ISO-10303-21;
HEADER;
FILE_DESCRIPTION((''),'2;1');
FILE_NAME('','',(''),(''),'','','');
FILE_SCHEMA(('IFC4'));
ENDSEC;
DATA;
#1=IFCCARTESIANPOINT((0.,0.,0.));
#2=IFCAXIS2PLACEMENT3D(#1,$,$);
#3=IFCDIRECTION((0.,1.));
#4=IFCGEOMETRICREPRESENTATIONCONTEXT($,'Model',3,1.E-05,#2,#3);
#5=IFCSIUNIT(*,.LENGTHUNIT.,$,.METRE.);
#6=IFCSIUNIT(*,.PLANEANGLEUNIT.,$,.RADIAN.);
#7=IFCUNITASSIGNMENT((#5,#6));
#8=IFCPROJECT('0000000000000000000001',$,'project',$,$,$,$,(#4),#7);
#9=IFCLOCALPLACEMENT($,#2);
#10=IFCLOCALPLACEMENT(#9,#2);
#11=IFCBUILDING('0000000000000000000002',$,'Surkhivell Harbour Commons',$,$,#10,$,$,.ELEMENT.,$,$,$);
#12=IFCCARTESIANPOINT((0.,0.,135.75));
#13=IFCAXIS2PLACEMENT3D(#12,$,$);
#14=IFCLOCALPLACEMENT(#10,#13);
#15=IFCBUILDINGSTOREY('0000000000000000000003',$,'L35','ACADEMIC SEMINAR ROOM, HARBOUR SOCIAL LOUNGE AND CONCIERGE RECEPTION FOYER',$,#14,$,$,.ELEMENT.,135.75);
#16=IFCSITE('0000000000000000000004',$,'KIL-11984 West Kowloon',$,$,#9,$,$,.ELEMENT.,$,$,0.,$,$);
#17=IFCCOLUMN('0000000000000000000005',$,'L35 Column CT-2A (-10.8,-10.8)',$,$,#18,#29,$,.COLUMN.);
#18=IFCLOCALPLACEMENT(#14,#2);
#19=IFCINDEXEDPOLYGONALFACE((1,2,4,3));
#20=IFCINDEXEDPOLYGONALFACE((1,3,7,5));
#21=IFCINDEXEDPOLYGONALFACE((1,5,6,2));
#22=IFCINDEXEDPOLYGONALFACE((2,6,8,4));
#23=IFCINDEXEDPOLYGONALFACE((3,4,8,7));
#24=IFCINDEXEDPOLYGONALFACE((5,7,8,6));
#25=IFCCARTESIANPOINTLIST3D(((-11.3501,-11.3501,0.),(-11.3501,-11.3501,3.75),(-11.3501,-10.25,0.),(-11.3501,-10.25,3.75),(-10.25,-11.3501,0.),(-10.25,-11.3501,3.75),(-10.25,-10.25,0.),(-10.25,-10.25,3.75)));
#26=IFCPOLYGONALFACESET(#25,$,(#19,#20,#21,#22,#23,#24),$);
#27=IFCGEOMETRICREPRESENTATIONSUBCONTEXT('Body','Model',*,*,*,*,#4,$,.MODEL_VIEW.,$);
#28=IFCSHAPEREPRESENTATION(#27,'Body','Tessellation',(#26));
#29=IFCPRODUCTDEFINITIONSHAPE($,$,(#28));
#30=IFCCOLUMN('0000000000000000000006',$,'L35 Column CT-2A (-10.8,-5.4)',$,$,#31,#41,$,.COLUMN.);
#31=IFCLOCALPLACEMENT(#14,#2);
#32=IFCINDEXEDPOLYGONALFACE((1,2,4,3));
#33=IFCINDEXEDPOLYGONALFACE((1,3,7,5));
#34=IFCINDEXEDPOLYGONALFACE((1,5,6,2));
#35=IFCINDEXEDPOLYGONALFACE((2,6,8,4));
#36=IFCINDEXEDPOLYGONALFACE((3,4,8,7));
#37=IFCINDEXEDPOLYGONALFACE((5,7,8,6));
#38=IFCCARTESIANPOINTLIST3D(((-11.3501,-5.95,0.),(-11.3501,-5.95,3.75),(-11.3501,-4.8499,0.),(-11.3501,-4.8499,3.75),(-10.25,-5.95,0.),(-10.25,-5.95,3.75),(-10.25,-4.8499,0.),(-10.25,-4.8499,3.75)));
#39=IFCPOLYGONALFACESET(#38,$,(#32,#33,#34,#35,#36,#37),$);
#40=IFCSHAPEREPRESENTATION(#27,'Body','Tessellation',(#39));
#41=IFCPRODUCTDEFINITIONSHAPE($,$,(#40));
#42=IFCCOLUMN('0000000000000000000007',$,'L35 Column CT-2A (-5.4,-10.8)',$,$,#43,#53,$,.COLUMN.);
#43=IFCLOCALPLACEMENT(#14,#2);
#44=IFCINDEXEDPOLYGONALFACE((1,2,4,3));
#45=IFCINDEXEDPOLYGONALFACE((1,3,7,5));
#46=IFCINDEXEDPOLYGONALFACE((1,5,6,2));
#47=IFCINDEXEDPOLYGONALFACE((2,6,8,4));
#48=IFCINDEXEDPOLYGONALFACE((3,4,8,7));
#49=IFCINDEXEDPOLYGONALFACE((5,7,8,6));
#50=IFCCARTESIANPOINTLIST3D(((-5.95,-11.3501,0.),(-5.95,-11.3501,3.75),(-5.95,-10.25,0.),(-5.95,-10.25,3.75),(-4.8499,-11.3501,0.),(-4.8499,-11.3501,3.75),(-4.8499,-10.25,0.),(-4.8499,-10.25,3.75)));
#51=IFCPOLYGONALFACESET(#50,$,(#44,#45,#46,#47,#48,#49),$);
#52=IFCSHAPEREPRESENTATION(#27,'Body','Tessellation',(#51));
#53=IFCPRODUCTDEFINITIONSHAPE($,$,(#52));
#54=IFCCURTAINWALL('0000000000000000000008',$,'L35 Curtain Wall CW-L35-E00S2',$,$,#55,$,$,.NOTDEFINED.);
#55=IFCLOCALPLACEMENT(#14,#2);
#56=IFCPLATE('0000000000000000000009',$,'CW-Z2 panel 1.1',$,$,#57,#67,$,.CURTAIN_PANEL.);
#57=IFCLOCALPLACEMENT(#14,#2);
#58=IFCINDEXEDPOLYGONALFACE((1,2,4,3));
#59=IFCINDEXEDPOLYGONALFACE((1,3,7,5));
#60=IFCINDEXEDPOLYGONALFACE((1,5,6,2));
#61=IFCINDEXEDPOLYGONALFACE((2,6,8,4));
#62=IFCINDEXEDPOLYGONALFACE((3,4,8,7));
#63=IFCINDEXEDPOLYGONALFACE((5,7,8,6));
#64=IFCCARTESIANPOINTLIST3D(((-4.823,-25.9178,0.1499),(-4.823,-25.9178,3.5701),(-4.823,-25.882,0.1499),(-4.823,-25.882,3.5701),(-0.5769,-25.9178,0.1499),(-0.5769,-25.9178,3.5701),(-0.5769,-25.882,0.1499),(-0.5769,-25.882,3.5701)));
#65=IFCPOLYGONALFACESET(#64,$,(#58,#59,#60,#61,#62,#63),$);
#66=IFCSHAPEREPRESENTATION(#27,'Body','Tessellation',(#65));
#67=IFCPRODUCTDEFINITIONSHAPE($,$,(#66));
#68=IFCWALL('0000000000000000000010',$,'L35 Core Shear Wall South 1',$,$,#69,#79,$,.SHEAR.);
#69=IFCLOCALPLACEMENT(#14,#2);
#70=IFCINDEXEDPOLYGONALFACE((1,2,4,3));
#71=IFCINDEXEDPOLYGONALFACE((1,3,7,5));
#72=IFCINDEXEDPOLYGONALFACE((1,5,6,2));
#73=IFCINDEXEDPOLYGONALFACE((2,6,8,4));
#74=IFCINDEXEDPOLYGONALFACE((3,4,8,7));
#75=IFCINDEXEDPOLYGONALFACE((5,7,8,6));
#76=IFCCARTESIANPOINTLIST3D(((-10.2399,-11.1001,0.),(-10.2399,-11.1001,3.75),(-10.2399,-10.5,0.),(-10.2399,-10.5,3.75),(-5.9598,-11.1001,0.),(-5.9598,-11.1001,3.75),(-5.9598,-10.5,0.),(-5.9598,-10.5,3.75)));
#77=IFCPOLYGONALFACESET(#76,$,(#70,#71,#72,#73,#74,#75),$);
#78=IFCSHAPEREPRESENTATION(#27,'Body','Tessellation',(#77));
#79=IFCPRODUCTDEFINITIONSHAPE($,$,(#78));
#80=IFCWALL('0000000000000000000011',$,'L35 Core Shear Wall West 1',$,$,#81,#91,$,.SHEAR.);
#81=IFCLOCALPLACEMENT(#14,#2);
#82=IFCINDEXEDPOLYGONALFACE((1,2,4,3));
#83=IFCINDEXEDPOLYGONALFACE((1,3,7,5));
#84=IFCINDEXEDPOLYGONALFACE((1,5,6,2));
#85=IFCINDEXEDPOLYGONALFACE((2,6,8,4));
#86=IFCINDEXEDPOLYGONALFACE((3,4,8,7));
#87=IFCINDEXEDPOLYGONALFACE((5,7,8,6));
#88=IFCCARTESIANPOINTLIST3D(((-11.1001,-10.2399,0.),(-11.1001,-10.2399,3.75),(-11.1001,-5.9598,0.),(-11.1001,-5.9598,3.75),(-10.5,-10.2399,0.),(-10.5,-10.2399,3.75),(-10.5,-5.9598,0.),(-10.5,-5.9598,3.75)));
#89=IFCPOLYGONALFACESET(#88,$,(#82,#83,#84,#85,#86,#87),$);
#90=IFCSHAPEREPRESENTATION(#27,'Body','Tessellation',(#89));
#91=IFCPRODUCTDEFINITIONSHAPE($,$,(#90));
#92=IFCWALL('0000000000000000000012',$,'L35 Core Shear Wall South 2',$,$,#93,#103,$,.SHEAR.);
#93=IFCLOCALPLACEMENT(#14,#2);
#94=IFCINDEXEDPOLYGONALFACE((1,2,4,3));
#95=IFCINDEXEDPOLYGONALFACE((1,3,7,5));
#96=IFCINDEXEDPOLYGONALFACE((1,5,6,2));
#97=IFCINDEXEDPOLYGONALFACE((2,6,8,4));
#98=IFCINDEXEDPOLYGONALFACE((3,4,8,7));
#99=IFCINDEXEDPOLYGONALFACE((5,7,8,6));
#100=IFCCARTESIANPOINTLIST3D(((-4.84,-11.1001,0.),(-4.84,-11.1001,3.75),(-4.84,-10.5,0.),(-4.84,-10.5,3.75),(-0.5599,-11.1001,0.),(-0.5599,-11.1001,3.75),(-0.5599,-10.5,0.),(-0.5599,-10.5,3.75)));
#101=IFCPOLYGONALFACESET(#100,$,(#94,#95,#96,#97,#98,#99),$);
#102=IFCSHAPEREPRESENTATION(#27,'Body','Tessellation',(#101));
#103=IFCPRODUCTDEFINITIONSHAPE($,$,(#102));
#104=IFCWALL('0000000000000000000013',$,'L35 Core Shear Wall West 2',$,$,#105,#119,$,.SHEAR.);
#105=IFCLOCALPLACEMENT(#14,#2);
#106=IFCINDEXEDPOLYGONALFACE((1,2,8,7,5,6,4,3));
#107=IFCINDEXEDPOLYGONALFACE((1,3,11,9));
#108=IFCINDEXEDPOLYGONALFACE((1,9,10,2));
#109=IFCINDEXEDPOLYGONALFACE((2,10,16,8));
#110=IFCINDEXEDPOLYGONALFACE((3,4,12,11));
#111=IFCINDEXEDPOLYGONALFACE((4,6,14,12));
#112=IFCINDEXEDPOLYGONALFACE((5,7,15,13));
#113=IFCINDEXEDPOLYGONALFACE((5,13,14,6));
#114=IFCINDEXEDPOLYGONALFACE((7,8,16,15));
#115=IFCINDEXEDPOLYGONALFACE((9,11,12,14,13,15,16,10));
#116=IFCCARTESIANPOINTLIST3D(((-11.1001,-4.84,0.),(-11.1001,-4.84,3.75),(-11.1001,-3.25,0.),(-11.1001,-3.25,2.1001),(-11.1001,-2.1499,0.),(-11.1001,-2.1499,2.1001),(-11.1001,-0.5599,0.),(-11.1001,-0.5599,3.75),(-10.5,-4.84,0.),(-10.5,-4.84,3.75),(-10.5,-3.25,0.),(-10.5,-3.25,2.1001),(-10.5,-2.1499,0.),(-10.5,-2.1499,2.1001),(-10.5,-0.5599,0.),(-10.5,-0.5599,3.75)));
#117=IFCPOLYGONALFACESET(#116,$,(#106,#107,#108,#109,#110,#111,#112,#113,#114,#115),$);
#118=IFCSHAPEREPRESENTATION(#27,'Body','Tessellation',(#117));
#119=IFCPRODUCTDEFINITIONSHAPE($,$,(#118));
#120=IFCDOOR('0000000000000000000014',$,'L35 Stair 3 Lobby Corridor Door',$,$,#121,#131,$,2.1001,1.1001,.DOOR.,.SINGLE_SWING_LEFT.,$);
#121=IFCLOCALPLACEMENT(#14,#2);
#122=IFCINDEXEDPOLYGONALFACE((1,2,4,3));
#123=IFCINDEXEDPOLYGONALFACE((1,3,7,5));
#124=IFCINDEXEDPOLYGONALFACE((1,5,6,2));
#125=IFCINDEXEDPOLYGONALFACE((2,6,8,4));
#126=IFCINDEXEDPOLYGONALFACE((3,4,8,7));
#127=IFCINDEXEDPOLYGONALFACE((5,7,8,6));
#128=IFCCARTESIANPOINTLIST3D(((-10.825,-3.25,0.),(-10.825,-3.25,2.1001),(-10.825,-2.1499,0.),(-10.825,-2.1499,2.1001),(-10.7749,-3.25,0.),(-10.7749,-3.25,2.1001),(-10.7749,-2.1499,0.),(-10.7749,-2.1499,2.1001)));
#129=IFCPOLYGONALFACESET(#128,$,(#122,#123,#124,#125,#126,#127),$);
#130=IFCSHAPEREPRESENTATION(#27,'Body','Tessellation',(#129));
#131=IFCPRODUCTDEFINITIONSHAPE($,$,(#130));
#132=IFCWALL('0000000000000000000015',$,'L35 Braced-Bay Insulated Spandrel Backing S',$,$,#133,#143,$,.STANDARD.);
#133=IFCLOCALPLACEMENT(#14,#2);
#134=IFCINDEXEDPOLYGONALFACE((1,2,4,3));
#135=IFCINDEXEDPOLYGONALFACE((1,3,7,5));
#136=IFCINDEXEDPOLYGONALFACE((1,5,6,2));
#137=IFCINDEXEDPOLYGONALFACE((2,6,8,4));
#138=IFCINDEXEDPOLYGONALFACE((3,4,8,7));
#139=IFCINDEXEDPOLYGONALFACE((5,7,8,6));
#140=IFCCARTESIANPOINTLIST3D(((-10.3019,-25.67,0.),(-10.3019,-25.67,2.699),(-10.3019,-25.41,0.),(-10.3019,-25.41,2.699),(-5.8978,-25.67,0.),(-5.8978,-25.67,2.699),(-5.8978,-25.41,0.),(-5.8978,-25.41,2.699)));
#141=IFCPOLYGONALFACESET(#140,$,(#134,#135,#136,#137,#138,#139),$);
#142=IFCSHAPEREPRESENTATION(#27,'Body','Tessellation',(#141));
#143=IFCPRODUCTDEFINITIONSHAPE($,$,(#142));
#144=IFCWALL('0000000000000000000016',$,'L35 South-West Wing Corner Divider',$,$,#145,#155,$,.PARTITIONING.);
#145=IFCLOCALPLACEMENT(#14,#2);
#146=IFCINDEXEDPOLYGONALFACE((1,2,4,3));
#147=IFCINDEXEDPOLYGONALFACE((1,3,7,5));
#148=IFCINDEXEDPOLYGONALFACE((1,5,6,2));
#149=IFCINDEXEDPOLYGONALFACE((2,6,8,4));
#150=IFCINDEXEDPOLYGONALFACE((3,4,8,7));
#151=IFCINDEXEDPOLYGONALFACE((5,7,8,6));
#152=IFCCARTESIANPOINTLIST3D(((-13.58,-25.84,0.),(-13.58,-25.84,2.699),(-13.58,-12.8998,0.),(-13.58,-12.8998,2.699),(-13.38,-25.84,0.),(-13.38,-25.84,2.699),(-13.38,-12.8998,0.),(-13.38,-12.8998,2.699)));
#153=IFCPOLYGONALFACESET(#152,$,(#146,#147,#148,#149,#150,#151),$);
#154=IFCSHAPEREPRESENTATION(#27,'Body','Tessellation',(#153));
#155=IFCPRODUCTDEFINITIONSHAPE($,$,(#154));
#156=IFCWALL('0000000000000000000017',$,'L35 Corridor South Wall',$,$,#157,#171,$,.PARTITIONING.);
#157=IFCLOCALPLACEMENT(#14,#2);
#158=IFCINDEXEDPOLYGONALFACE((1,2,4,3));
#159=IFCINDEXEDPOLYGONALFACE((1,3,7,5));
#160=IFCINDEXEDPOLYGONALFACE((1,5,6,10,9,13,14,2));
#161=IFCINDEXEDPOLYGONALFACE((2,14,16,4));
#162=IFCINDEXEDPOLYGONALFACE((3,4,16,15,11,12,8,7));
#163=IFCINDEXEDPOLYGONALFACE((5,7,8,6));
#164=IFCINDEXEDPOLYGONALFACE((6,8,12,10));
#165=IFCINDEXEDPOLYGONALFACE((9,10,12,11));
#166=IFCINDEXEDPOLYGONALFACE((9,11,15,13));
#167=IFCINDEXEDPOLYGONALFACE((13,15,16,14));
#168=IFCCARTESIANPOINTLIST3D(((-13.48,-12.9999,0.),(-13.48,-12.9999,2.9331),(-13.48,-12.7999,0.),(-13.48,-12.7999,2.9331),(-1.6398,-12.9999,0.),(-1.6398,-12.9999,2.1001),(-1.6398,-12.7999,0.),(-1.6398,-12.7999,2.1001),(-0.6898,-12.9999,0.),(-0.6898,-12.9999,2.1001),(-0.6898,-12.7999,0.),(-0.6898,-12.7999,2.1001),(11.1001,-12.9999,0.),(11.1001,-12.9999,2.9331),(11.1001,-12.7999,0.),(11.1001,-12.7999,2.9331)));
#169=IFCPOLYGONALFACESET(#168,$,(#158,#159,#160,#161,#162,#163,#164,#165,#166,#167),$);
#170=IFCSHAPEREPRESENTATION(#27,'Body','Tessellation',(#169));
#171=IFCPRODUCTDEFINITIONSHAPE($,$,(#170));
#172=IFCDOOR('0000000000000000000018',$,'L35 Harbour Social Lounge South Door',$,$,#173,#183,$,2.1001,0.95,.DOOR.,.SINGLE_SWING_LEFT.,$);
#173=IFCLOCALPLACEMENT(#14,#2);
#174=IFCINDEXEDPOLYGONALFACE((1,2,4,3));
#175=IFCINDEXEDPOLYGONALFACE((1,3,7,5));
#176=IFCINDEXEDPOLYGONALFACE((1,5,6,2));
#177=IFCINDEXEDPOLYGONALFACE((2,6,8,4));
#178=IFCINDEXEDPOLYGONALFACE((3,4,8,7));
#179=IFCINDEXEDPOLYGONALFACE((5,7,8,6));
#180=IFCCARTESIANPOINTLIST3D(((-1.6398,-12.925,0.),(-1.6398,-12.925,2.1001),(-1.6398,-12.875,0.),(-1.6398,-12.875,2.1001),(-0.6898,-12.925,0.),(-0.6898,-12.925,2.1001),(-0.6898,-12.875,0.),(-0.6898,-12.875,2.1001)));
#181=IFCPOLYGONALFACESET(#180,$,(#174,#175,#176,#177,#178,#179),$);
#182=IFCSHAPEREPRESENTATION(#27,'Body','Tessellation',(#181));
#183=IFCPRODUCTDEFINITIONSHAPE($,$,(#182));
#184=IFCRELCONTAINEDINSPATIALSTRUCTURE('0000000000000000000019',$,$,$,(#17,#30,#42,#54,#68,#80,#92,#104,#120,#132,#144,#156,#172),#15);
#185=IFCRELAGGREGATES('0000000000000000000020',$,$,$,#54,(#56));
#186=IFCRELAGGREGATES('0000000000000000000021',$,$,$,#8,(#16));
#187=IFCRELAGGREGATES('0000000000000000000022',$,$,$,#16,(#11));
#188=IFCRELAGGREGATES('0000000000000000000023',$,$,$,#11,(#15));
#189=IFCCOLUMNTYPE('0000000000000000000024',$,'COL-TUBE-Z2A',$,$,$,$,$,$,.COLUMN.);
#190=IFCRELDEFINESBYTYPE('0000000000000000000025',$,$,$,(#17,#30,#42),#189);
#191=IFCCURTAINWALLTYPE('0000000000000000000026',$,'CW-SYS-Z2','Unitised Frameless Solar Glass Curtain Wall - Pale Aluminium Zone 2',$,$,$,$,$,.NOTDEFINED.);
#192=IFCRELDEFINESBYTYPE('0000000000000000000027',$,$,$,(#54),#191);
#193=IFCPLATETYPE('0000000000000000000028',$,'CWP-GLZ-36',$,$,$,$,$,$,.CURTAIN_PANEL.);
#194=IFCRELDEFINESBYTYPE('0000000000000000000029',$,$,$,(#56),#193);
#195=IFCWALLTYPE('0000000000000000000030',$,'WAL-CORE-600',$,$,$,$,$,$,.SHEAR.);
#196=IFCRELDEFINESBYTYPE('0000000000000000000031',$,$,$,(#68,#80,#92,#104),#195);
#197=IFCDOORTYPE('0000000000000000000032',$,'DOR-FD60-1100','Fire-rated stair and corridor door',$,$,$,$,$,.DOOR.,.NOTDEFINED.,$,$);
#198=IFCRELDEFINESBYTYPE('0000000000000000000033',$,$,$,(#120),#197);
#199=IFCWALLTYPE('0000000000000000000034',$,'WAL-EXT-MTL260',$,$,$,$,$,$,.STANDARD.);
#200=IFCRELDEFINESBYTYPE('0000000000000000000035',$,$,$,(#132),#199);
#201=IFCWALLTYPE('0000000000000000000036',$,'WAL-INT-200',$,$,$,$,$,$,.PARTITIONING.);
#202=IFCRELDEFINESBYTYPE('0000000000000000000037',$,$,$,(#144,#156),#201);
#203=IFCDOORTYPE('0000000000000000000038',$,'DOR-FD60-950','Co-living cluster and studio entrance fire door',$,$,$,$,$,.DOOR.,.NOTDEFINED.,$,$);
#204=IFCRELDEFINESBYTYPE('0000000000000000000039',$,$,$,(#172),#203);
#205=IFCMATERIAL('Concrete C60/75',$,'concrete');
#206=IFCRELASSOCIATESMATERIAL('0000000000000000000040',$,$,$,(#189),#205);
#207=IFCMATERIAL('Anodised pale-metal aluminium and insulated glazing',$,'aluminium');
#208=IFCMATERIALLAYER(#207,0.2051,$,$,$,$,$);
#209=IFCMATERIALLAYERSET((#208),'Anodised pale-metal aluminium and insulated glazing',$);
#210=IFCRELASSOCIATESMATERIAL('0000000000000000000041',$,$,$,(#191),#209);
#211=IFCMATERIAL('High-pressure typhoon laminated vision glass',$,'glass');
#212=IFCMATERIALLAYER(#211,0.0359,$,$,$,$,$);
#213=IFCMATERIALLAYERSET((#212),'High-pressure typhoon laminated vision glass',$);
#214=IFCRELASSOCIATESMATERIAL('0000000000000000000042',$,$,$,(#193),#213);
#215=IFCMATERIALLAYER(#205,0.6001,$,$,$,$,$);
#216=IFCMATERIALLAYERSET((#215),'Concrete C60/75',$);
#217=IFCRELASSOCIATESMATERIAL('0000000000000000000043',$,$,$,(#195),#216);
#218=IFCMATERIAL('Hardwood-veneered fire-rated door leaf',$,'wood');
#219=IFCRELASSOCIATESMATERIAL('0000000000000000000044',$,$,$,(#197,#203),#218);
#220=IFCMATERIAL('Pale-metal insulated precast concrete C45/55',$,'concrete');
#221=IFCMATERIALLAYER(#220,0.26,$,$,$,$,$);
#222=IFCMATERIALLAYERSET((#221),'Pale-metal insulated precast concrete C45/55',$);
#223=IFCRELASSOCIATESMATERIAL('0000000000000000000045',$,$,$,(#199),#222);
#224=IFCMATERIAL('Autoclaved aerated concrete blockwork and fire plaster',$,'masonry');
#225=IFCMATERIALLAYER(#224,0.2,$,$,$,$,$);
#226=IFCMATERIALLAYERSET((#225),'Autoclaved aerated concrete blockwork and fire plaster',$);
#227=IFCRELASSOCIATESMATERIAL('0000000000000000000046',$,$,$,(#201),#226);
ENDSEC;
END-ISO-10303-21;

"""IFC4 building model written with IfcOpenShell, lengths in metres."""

from ifc_helpers import new_model, si_unit, direction, frame, frame_2d, origin, origin_2d, place, context, subcontext, project, spatial, rectangle, extrude, material, layer, layer_set, material_profile, profile_set, type_object, element, fill, aggregate, save


model = new_model("IFC4")

# Units and contexts
model_context = context("Model", 3, precision=1e-05, world=origin(), true_north=direction((0.0, 1.0)))
body_context = subcontext(model_context, "Body", "Model", "MODEL_VIEW")
ifc_project = project(units=[si_unit("LENGTHUNIT", "METRE"), si_unit("PLANEANGLEUNIT", "RADIAN")], contexts=[model_context])

# Site, building, storey
site_placement = place(None, origin())
site = spatial("IfcSite", under=ifc_project, at=site_placement, Name="KIL-11984 West Kowloon", CompositionType="ELEMENT", RefElevation=0.0)
building_placement = place(site_placement, origin())
building = spatial("IfcBuilding", under=site, at=building_placement, Name="Surkhivell Harbour Commons", CompositionType="ELEMENT")
storey_placement = place(building_placement, frame((0.0, 0.0, 135.75)))
storey = spatial("IfcBuildingStorey", under=building, at=storey_placement, Name="L35", Description="ACADEMIC SEMINAR ROOM, HARBOUR SOCIAL LOUNGE AND CONCIERGE RECEPTION FOYER", CompositionType="ELEMENT", Elevation=135.75)

# Columns
ifc_material_1 = material(Name="Concrete C60/75", Category="concrete")
ifc_material_profile = material_profile(ifc_material_1, rectangle(XDim=1.1001, YDim=1.1001, at=origin_2d()), Name="RC-COL-1100x1100")
ifc_profile_set = profile_set([ifc_material_profile], Name="Concrete C60/75")
column_type = type_object("IfcColumnType", Name="COL-TUBE-Z2A", PredefinedType="COLUMN", material=ifc_profile_set)
for number, where, z_axis, x_axis, name in (
    (1, (-10.8, -10.8, 0.0), (0.0, 0.0, 1.0), (1.0, 0.0, 0.0), "L35 Column CT-2A (-10.8,-10.8)"),
    (2, (-10.8, -5.3999, 0.0), (0.0, 0.0, 1.0), (1.0, 0.0, 0.0), "L35 Column CT-2A (-10.8,-5.4)"),
    (3, (-5.3999, -10.8, 0.0), (0.0, 0.0, 1.0), (1.0, 0.0, 0.0), "L35 Column CT-2A (-5.4,-10.8)"),
):
    element("IfcColumn", number, at=place(storey_placement, frame(where, z_axis=z_axis, x_axis=x_axis)), inside=storey, type_object=column_type, Name=name, PredefinedType="COLUMN", context=body_context, shape_type="SweptSolid", body=[
        extrude(rectangle(XDim=1.1001, YDim=1.1001, at=origin_2d()), origin(), (0.0, 0.0, 1.0), 3.75),
    ])

# Curtain wall, plate
ifc_material_2 = material(Name="Anodised pale-metal aluminium and insulated glazing", Category="aluminium")
ifc_layer_1 = layer(ifc_material_2, 0.2051)
ifc_layer_set_1 = layer_set([ifc_layer_1], Name="Anodised pale-metal aluminium and insulated glazing")
curtain_wall_type = type_object("IfcCurtainWallType", Name="CW-SYS-Z2", Description="Unitised Frameless Solar Glass Curtain Wall - Pale Aluminium Zone 2", PredefinedType="NOTDEFINED", material=ifc_layer_set_1)
curtain_wall_placement = place(storey_placement, origin())
curtain_wall = element("IfcCurtainWall", 4, at=curtain_wall_placement, inside=storey, type_object=curtain_wall_type, Name="L35 Curtain Wall CW-L35-E00S2", PredefinedType="NOTDEFINED")
ifc_material_3 = material(Name="High-pressure typhoon laminated vision glass", Category="glass")
ifc_layer_2 = layer(ifc_material_3, 0.0359)
ifc_layer_set_2 = layer_set([ifc_layer_2], Name="High-pressure typhoon laminated vision glass")
plate_type = type_object("IfcPlateType", Name="CWP-GLZ-36", PredefinedType="CURTAIN_PANEL", material=ifc_layer_set_2)
plate_placement = place(storey_placement, frame((-4.823, -25.8999, 0.1499), z_axis=(0.0, 0.0, 1.0), x_axis=(1.0, 0.0, 0.0)))
plate = element("IfcPlate", 5, at=plate_placement, type_object=plate_type, Name="CW-Z2 panel 1.1", PredefinedType="CURTAIN_PANEL", context=body_context, shape_type="SweptSolid", body=[
    extrude(rectangle(XDim=4.2461, YDim=0.0359, at=frame_2d((2.123, 0.0))), origin(), (0.0, 0.0, 1.0), 3.4202),
])
aggregate(curtain_wall, [plate])

# Walls
ifc_layer_3 = layer(ifc_material_1, 0.6001)
ifc_layer_set_3 = layer_set([ifc_layer_3], Name="Concrete C60/75")
wall_type_1 = type_object("IfcWallType", Name="WAL-CORE-600", PredefinedType="SHEAR", material=ifc_layer_set_3)
for number, where, z_axis, x_axis, name in (
    (6, (-10.24, -10.8, 0.0), (0.0, 0.0, 1.0), (1.0, 0.0, 0.0), "L35 Core Shear Wall South 1"),
    (7, (-10.8, -10.24, 0.0), (0.0, 0.0, 1.0), (0.0, 1.0, 0.0), "L35 Core Shear Wall West 1"),
    (8, (-4.8401, -10.8, 0.0), (0.0, 0.0, 1.0), (1.0, 0.0, 0.0), "L35 Core Shear Wall South 2"),
):
    element("IfcWall", number, at=place(storey_placement, frame(where, z_axis=z_axis, x_axis=x_axis)), inside=storey, type_object=wall_type_1, Name=name, PredefinedType="SHEAR", context=body_context, shape_type="SweptSolid", body=[
        extrude(rectangle(XDim=4.28, YDim=0.6001, at=frame_2d((2.1401, 0.0))), origin(), (0.0, 0.0, 1.0), 3.75),
    ])

# Wall, opening, door
wall_1_placement = place(storey_placement, frame((-10.8, -4.8401, 0.0), z_axis=(0.0, 0.0, 1.0), x_axis=(0.0, 1.0, 0.0)))
wall_1 = element("IfcWall", 9, at=wall_1_placement, inside=storey, type_object=wall_type_1, Name="L35 Core Shear Wall West 2", PredefinedType="SHEAR", context=body_context, shape_type="SweptSolid", body=[
    extrude(rectangle(XDim=4.28, YDim=0.6001, at=frame_2d((2.1401, 0.0))), origin(), (0.0, 0.0, 1.0), 3.75),
])
opening_1_placement = place(wall_1_placement, frame((1.5901, 0.0, 0.0)))
opening_1 = element("IfcOpeningElement", 10, at=opening_1_placement, cuts=wall_1, PredefinedType="OPENING", context=body_context, shape_type="SweptSolid", body=[
    extrude(rectangle(XDim=1.1001, YDim=2.1001, at=frame_2d((0.55, 1.05))), frame((0.0, 0.3101, 0.0), z_axis=(0.0, -1.0, 0.0), x_axis=(1.0, 0.0, 0.0)), (0.0, 0.0, 1.0), 0.6201),
])
ifc_material_4 = material(Name="Hardwood-veneered fire-rated door leaf", Category="wood")
door_type_1 = type_object("IfcDoorType", Name="DOR-FD60-1100", Description="Fire-rated stair and corridor door", OperationType="NOTDEFINED", PredefinedType="DOOR", material=ifc_material_4)
door_1_placement = place(opening_1_placement, origin())
door_1 = element("IfcDoor", 11, at=door_1_placement, inside=storey, type_object=door_type_1, Name="L35 Stair 3 Lobby Corridor Door", OperationType="SINGLE_SWING_LEFT", OverallHeight=2.1001, OverallWidth=1.1001, PredefinedType="DOOR", context=body_context, shape_type="SweptSolid", body=[
    extrude(rectangle(XDim=1.1001, YDim=2.1001, at=frame_2d((0.55, 1.05))), frame((0.0, 0.0249, 0.0), z_axis=(0.0, -1.0, 0.0), x_axis=(1.0, 0.0, 0.0)), (0.0, 0.0, 1.0), 0.05),
])
fill(opening_1, door_1)

# Walls
ifc_material_5 = material(Name="Pale-metal insulated precast concrete C45/55", Category="concrete")
ifc_layer_4 = layer(ifc_material_5, 0.26)
ifc_layer_set_4 = layer_set([ifc_layer_4], Name="Pale-metal insulated precast concrete C45/55")
wall_type_2 = type_object("IfcWallType", Name="WAL-EXT-MTL260", PredefinedType="STANDARD", material=ifc_layer_set_4)
wall_2_placement = place(storey_placement, frame((-10.302, -25.54, 0.0), z_axis=(0.0, 0.0, 1.0), x_axis=(1.0, 0.0, 0.0)))
element("IfcWall", 12, at=wall_2_placement, inside=storey, type_object=wall_type_2, Name="L35 Braced-Bay Insulated Spandrel Backing S", PredefinedType="STANDARD", context=body_context, shape_type="SweptSolid", body=[
    extrude(rectangle(XDim=4.4041, YDim=0.26, at=frame_2d((2.2021, 0.0))), origin(), (0.0, 0.0, 1.0), 2.699),
])
ifc_material_6 = material(Name="Autoclaved aerated concrete blockwork and fire plaster", Category="masonry")
ifc_layer_5 = layer(ifc_material_6, 0.2)
ifc_layer_set_5 = layer_set([ifc_layer_5], Name="Autoclaved aerated concrete blockwork and fire plaster")
wall_type_3 = type_object("IfcWallType", Name="WAL-INT-200", PredefinedType="PARTITIONING", material=ifc_layer_set_5)
wall_3_placement = place(storey_placement, frame((-13.48, -25.8401, 0.0), z_axis=(0.0, 0.0, 1.0), x_axis=(0.0, 1.0, 0.0)))
element("IfcWall", 13, at=wall_3_placement, inside=storey, type_object=wall_type_3, Name="L35 South-West Wing Corner Divider", PredefinedType="PARTITIONING", context=body_context, shape_type="SweptSolid", body=[
    extrude(rectangle(XDim=12.9402, YDim=0.2, at=frame_2d((6.4702, 0.0))), origin(), (0.0, 0.0, 1.0), 2.699),
])

# Wall, opening, door
wall_4_placement = place(storey_placement, frame((-13.48, -12.8999, 0.0), z_axis=(0.0, 0.0, 1.0), x_axis=(1.0, 0.0, 0.0)))
wall_4 = element("IfcWall", 14, at=wall_4_placement, inside=storey, type_object=wall_type_3, Name="L35 Corridor South Wall", PredefinedType="PARTITIONING", context=body_context, shape_type="SweptSolid", body=[
    extrude(rectangle(XDim=24.5801, YDim=0.2, at=frame_2d((12.29, 0.0))), origin(), (0.0, 0.0, 1.0), 2.9331),
])
opening_2_placement = place(wall_4_placement, frame((11.8401, 0.0, 0.0)))
opening_2 = element("IfcOpeningElement", 15, at=opening_2_placement, cuts=wall_4, PredefinedType="OPENING", context=body_context, shape_type="SweptSolid", body=[
    extrude(rectangle(XDim=0.95, YDim=2.1001, at=frame_2d((0.4751, 1.05))), frame((0.0, 0.1099, 0.0), z_axis=(0.0, -1.0, 0.0), x_axis=(1.0, 0.0, 0.0)), (0.0, 0.0, 1.0), 0.22),
])
door_type_2 = type_object("IfcDoorType", Name="DOR-FD60-950", Description="Co-living cluster and studio entrance fire door", OperationType="NOTDEFINED", PredefinedType="DOOR", material=ifc_material_4)
door_2_placement = place(opening_2_placement, origin())
door_2 = element("IfcDoor", 16, at=door_2_placement, inside=storey, type_object=door_type_2, Name="L35 Harbour Social Lounge South Door", OperationType="SINGLE_SWING_LEFT", OverallHeight=2.1001, OverallWidth=0.95, PredefinedType="DOOR", context=body_context, shape_type="SweptSolid", body=[
    extrude(rectangle(XDim=0.95, YDim=2.1001, at=frame_2d((0.4751, 1.05))), frame((0.0, 0.0249, 0.0), z_axis=(0.0, -1.0, 0.0), x_axis=(1.0, 0.0, 0.0)), (0.0, 0.0, 1.0), 0.05),
])
fill(opening_2, door_2)

save(model, "model.ifc")
